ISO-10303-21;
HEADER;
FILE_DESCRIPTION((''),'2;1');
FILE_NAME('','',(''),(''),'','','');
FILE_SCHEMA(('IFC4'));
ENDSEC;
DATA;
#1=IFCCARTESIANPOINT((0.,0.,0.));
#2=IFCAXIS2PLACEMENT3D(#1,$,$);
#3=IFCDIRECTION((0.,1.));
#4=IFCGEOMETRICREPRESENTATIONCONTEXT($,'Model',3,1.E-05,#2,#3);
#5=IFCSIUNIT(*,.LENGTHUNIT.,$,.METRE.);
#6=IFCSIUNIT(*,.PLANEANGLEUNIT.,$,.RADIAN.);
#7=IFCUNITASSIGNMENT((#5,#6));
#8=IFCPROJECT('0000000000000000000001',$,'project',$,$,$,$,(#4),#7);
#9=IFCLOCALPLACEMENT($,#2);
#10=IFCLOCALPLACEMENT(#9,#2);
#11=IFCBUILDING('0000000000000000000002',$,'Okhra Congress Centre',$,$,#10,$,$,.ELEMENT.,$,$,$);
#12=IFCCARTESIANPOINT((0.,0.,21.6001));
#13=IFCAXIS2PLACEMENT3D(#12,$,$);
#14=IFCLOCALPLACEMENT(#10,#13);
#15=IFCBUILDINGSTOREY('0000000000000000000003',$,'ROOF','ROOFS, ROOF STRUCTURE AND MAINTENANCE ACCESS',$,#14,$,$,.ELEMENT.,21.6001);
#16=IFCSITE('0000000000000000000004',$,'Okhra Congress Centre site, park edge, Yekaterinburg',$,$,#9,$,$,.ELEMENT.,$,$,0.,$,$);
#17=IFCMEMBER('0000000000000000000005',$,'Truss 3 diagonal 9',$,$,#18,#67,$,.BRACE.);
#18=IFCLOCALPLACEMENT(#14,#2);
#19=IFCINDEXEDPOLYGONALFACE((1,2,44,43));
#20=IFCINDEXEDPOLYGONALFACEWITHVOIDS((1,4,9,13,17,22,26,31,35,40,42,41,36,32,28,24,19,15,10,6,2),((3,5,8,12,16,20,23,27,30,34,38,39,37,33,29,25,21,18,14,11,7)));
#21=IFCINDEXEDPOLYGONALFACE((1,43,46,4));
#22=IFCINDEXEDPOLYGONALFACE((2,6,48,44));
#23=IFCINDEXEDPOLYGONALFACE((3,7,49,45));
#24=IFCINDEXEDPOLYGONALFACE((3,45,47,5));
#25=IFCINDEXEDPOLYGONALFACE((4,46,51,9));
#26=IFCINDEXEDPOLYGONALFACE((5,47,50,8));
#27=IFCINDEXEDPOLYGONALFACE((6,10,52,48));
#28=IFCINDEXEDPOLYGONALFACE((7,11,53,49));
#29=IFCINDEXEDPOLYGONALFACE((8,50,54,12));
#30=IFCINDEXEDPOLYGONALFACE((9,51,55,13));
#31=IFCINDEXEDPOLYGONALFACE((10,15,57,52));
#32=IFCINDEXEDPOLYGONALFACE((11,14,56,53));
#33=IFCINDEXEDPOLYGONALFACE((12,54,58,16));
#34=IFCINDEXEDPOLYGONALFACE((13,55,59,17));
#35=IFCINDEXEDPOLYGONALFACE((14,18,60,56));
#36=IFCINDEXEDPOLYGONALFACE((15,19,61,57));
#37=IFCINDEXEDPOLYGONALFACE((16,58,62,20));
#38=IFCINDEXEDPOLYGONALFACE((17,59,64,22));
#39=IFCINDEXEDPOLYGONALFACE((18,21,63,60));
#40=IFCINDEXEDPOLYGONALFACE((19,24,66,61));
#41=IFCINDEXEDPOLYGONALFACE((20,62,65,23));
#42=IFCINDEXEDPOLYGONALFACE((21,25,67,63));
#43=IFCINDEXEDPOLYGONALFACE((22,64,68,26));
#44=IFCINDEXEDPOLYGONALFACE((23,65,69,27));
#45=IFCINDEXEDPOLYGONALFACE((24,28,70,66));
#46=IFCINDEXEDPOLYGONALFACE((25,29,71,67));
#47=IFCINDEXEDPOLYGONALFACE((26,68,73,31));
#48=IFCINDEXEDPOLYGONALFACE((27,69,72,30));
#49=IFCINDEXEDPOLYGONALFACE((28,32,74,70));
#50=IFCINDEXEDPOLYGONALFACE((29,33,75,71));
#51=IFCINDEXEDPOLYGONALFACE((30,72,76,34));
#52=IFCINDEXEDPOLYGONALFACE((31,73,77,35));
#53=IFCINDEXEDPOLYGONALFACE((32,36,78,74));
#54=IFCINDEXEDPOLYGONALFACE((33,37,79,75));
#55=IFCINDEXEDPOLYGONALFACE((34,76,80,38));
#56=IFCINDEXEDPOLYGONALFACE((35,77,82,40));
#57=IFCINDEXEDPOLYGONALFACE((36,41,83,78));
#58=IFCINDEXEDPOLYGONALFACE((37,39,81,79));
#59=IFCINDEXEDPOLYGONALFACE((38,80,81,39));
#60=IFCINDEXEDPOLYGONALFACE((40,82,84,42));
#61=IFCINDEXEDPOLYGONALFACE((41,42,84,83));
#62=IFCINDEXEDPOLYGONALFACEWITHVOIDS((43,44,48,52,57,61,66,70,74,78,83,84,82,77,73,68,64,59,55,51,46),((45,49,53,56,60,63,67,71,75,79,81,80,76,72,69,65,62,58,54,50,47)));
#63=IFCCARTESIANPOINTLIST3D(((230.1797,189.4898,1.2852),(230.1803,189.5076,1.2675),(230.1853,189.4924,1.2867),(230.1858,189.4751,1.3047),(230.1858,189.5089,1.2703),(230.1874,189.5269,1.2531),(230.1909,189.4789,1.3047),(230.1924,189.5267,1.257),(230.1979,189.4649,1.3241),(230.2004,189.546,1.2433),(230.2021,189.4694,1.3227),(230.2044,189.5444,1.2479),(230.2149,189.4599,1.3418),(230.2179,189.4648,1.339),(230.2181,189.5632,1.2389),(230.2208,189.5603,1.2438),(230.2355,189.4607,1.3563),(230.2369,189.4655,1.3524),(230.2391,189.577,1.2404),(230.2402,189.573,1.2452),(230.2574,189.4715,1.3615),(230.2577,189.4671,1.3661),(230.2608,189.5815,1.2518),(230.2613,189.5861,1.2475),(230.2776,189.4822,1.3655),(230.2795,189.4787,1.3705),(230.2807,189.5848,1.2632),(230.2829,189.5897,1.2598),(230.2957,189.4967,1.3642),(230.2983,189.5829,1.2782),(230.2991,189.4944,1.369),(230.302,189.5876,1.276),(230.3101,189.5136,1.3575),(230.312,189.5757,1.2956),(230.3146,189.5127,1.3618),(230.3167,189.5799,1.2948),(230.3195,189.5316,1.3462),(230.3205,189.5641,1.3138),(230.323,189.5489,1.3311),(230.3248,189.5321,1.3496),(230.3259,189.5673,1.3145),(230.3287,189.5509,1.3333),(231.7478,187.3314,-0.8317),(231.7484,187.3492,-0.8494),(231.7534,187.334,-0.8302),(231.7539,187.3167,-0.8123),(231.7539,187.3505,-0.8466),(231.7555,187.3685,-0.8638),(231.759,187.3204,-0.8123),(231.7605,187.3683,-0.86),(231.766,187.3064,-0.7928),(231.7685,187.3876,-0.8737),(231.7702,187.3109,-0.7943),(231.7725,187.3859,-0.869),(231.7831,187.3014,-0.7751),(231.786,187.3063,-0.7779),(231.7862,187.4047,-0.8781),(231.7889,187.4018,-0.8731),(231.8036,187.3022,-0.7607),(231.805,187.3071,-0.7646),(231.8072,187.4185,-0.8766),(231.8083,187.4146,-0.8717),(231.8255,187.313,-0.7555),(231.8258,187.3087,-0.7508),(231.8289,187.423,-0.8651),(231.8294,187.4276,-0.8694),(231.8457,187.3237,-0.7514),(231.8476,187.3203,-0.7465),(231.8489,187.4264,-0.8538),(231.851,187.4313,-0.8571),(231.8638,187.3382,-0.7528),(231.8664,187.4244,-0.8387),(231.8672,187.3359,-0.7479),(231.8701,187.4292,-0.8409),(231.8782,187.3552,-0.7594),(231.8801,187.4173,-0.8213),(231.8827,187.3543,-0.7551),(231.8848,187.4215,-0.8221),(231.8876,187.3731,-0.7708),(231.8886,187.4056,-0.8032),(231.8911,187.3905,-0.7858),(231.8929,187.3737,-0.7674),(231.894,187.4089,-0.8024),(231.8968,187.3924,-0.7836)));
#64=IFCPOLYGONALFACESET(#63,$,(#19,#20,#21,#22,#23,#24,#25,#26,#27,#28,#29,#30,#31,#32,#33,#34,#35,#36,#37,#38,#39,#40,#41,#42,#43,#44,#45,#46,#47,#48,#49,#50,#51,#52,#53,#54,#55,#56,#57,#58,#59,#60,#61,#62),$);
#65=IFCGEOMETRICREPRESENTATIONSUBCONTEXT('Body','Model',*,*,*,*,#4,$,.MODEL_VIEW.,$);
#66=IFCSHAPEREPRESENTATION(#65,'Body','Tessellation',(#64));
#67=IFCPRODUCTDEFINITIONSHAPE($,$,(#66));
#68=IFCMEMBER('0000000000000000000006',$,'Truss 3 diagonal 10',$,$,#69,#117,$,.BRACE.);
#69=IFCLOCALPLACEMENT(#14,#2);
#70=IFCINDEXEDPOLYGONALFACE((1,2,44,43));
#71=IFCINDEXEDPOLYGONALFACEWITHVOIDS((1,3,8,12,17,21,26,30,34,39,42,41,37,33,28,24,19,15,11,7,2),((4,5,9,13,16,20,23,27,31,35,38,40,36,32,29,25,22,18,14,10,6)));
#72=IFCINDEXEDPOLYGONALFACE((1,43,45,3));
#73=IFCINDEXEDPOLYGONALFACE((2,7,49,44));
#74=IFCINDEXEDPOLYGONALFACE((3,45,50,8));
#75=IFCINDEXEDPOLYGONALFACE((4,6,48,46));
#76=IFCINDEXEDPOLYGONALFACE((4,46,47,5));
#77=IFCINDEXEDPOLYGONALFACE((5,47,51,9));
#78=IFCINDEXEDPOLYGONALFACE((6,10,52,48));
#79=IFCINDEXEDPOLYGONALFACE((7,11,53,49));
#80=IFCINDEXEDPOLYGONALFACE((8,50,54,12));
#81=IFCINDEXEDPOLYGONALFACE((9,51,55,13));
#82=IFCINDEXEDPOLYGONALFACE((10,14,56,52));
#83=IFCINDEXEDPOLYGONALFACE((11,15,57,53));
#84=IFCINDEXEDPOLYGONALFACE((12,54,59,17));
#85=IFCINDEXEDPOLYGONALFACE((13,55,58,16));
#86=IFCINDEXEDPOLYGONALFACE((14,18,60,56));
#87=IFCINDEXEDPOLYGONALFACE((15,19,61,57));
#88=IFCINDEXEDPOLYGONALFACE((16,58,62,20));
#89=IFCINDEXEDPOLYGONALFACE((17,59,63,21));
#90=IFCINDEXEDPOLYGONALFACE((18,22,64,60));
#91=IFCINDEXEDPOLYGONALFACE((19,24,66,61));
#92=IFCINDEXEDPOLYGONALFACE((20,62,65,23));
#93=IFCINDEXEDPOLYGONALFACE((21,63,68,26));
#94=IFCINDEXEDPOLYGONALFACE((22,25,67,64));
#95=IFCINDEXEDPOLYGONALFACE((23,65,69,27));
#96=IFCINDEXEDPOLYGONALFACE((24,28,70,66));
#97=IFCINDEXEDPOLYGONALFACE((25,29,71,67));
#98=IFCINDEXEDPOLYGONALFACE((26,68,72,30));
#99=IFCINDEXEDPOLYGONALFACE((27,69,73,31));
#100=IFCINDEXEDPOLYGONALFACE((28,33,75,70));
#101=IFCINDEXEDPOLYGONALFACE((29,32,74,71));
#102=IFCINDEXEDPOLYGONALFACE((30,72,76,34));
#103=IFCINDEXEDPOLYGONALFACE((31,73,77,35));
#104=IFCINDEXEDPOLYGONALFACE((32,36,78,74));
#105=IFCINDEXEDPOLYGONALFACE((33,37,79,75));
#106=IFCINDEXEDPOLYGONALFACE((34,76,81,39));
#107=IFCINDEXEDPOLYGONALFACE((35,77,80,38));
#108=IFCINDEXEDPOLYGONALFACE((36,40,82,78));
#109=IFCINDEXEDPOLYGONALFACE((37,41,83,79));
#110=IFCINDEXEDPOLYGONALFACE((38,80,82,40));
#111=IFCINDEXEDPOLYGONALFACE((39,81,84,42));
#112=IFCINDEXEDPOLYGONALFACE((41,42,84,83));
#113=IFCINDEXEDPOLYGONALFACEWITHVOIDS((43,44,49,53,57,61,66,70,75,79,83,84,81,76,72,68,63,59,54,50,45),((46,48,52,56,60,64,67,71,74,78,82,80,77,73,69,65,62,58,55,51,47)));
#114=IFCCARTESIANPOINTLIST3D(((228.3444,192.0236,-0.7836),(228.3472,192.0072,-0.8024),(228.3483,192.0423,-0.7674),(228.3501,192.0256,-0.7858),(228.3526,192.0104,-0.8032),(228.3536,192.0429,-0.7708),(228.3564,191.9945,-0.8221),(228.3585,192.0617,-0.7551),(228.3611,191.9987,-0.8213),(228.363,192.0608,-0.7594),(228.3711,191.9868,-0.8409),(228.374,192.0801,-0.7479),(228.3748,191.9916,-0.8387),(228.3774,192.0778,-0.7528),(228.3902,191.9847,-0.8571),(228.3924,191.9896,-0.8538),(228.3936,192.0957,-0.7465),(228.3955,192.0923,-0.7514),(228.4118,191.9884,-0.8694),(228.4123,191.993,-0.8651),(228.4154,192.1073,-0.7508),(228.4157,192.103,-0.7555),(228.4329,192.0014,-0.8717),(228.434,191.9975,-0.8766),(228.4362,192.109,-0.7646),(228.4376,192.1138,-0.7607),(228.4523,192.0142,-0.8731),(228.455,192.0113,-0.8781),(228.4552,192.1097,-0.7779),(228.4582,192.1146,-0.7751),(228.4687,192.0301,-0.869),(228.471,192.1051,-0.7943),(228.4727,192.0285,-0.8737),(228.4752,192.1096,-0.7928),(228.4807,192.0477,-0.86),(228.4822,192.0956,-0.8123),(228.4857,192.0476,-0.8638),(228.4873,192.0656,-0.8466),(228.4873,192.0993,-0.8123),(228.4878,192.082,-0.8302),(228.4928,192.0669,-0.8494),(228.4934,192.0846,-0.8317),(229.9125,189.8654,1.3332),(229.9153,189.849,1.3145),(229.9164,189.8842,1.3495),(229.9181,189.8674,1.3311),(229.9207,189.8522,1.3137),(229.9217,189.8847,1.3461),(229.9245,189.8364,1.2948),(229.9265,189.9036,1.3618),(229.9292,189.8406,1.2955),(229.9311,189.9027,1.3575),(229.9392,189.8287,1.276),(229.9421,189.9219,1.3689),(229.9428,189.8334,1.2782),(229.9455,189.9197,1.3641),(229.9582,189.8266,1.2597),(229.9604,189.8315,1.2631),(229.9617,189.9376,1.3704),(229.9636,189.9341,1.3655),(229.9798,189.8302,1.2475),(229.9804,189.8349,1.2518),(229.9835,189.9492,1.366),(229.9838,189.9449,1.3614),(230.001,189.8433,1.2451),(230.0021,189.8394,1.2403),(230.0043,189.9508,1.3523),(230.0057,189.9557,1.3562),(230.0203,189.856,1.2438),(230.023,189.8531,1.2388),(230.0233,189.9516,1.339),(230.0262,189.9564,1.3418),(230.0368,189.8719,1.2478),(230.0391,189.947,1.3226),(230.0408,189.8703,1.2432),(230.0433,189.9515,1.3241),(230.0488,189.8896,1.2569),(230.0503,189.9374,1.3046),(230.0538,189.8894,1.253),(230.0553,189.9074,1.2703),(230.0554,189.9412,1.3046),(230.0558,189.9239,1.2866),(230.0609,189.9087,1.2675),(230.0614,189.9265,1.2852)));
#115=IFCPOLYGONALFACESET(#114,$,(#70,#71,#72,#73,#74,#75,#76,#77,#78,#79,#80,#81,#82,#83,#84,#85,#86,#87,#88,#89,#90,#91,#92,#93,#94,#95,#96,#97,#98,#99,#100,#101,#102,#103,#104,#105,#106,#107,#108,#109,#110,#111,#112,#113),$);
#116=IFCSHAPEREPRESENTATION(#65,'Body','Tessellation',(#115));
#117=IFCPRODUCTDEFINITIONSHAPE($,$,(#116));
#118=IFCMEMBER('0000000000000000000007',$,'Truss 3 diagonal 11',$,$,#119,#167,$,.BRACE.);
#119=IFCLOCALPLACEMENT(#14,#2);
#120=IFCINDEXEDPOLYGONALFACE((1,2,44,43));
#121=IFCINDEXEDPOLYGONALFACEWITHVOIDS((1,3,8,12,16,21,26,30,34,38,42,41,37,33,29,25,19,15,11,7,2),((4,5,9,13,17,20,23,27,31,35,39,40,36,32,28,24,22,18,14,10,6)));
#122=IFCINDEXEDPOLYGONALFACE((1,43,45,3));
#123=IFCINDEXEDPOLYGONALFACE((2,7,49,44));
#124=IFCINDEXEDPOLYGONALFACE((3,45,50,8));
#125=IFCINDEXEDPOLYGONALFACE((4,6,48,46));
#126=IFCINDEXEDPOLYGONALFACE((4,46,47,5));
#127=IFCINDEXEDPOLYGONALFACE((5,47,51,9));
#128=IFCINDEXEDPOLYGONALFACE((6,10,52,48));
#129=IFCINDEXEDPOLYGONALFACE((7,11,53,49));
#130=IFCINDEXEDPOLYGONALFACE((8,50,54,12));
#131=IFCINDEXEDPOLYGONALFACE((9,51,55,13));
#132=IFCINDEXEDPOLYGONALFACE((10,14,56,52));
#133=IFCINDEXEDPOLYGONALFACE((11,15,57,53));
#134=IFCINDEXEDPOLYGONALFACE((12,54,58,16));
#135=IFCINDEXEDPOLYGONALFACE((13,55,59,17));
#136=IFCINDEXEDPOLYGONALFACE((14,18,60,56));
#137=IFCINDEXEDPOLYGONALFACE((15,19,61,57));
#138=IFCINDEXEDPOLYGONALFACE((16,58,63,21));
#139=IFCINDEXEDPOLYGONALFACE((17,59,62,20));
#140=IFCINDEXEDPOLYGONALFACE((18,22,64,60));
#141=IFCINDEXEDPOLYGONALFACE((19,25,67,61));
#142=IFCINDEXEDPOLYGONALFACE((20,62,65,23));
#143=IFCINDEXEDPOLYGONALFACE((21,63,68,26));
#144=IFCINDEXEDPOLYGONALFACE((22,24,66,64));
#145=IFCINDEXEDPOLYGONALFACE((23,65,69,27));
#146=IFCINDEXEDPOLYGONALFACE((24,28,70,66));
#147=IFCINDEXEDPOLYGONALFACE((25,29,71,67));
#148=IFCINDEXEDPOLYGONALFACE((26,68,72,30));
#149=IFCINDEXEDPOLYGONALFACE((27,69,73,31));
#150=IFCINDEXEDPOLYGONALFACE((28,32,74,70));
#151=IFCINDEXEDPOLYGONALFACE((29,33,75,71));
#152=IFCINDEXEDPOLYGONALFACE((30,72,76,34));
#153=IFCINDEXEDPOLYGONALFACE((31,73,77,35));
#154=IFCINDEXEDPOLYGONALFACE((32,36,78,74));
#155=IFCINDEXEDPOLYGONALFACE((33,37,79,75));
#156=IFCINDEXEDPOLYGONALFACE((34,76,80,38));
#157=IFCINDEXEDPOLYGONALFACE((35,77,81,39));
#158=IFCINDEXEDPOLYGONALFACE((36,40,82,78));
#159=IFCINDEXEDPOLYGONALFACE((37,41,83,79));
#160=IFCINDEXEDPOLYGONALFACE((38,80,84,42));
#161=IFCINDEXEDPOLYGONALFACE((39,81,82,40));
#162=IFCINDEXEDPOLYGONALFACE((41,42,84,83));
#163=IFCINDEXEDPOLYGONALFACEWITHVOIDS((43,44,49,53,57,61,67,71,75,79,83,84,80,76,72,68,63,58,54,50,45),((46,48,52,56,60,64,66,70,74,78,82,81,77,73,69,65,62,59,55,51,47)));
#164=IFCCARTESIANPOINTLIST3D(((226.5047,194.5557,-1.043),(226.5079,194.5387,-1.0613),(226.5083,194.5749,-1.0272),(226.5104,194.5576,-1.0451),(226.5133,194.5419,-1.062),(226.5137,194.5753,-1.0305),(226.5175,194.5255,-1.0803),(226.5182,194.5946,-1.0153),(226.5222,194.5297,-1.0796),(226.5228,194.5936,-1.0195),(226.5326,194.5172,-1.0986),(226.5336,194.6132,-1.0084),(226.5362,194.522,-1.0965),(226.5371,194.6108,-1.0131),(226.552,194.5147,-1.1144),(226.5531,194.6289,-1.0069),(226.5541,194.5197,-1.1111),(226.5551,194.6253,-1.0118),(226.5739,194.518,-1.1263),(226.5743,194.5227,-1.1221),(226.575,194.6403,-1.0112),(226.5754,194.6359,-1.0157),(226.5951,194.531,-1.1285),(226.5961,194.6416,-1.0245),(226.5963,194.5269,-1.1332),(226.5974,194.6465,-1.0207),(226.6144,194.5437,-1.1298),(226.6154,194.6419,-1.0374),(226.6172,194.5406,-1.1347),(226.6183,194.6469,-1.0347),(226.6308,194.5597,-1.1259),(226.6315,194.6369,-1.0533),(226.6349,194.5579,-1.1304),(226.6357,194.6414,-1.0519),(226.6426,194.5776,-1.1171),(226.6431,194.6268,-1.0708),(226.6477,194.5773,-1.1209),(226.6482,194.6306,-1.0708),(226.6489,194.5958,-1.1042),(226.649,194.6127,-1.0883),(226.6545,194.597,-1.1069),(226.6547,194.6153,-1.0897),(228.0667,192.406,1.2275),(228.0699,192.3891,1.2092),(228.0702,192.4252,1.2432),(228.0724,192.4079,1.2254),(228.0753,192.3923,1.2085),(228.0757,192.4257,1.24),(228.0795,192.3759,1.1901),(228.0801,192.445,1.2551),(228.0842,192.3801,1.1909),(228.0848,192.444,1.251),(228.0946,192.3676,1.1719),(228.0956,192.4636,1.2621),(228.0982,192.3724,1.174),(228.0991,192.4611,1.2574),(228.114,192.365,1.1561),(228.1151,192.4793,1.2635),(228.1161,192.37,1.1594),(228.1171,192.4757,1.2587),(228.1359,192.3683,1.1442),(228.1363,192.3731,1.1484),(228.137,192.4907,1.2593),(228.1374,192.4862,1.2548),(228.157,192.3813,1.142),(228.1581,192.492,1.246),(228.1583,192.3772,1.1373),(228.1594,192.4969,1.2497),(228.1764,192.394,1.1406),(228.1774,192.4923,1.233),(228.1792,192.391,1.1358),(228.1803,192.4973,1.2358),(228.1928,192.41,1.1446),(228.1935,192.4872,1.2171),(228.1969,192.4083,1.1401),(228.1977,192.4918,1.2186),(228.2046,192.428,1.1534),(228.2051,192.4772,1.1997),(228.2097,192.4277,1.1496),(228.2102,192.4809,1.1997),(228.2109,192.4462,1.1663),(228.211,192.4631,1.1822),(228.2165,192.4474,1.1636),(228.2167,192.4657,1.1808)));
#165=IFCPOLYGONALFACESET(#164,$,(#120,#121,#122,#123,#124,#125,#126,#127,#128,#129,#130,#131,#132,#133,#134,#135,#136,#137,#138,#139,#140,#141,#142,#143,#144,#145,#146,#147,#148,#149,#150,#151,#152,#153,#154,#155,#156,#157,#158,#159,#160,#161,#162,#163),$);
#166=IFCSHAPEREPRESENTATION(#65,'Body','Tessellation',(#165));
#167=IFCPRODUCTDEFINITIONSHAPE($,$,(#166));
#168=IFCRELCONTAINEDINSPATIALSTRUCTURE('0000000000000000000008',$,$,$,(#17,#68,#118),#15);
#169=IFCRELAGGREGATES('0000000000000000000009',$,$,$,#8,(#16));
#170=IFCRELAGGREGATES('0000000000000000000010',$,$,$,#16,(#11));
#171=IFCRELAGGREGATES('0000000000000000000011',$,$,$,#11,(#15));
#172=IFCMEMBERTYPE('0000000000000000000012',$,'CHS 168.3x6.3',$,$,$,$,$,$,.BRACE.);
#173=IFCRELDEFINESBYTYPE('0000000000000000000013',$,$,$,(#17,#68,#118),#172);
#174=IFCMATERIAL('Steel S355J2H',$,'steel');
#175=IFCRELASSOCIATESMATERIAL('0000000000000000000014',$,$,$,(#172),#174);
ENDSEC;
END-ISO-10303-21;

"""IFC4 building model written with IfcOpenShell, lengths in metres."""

from ifc_helpers import new_model, si_unit, direction, frame, origin, origin_2d, place, context, subcontext, project, spatial, hollow_circle, extrude, material, material_profile, profile_set, type_object, element, save


model = new_model("IFC4")

# Units and contexts
model_context = context("Model", 3, precision=1e-05, world=origin(), true_north=direction((0.0, 1.0)))
body_context = subcontext(model_context, "Body", "Model", "MODEL_VIEW")
ifc_project = project(units=[si_unit("LENGTHUNIT", "METRE"), si_unit("PLANEANGLEUNIT", "RADIAN")], contexts=[model_context])

# Site, building, storey
site_placement = place(None, origin())
site = spatial("IfcSite", under=ifc_project, at=site_placement, Name="Okhra Congress Centre site, park edge, Yekaterinburg", CompositionType="ELEMENT", RefElevation=0.0)
building_placement = place(site_placement, origin())
building = spatial("IfcBuilding", under=site, at=building_placement, Name="Okhra Congress Centre", CompositionType="ELEMENT")
storey_placement = place(building_placement, frame((0.0, 0.0, 21.6001)))
storey = spatial("IfcBuildingStorey", under=building, at=storey_placement, Name="ROOF", Description="ROOFS, ROOF STRUCTURE AND MAINTENANCE ACCESS", CompositionType="ELEMENT", Elevation=21.6001)

# Members
ifc_material_1 = material(Name="Steel S355J2H", Category="steel")
ifc_material_profile_1 = material_profile(ifc_material_1, hollow_circle(Radius=0.0842, WallThickness=0.0063, at=origin_2d()), Name="CHS 168.3x6.3")
ifc_profile_set_1 = profile_set([ifc_material_profile_1], Name="Steel S355J2H")
member_type_1 = type_object("IfcMemberType", Name="CHS 168.3x6.3", PredefinedType="BRACE", material=ifc_profile_set_1)
member_1_placement = place(storey_placement, frame((231.822, 187.3662, -0.8123), z_axis=(-0.460428, 0.63376, 0.621574), x_axis=(-0.809033, -0.587764, 0.0)))
element("IfcMember", 1, at=member_1_placement, inside=storey, type_object=member_type_1, Name="Truss 3 diagonal 9", PredefinedType="BRACE", context=body_context, shape_type="SweptSolid", body=[
    extrude(hollow_circle(Radius=0.0842, WallThickness=0.0063, at=origin_2d()), origin(), (0.0, 0.0, 1.0), 3.4058),
])
member_2_placement = place(storey_placement, frame((228.4192, 192.0498, -0.8123), z_axis=(0.460449, -0.633717, 0.621602), x_axis=(0.809001, 0.587807, 0.0)))
element("IfcMember", 2, at=member_2_placement, inside=storey, type_object=member_type_1, Name="Truss 3 diagonal 10", PredefinedType="BRACE", context=body_context, shape_type="SweptSolid", body=[
    extrude(hollow_circle(Radius=0.0842, WallThickness=0.0063, at=origin_2d()), origin(), (0.0, 0.0, 1.0), 3.4055),
])
member_3_placement = place(storey_placement, frame((226.5801, 194.5811, -1.0708), z_axis=(0.446908, -0.615039, 0.649616), x_axis=(0.808982, 0.587833, 0.0)))
element("IfcMember", 3, at=member_3_placement, inside=storey, type_object=member_type_1, Name="Truss 3 diagonal 11", PredefinedType="BRACE", context=body_context, shape_type="SweptSolid", body=[
    extrude(hollow_circle(Radius=0.0842, WallThickness=0.0063, at=origin_2d()), origin(), (0.0, 0.0, 1.0), 3.4951),
])

save(model, "model.ifc")
